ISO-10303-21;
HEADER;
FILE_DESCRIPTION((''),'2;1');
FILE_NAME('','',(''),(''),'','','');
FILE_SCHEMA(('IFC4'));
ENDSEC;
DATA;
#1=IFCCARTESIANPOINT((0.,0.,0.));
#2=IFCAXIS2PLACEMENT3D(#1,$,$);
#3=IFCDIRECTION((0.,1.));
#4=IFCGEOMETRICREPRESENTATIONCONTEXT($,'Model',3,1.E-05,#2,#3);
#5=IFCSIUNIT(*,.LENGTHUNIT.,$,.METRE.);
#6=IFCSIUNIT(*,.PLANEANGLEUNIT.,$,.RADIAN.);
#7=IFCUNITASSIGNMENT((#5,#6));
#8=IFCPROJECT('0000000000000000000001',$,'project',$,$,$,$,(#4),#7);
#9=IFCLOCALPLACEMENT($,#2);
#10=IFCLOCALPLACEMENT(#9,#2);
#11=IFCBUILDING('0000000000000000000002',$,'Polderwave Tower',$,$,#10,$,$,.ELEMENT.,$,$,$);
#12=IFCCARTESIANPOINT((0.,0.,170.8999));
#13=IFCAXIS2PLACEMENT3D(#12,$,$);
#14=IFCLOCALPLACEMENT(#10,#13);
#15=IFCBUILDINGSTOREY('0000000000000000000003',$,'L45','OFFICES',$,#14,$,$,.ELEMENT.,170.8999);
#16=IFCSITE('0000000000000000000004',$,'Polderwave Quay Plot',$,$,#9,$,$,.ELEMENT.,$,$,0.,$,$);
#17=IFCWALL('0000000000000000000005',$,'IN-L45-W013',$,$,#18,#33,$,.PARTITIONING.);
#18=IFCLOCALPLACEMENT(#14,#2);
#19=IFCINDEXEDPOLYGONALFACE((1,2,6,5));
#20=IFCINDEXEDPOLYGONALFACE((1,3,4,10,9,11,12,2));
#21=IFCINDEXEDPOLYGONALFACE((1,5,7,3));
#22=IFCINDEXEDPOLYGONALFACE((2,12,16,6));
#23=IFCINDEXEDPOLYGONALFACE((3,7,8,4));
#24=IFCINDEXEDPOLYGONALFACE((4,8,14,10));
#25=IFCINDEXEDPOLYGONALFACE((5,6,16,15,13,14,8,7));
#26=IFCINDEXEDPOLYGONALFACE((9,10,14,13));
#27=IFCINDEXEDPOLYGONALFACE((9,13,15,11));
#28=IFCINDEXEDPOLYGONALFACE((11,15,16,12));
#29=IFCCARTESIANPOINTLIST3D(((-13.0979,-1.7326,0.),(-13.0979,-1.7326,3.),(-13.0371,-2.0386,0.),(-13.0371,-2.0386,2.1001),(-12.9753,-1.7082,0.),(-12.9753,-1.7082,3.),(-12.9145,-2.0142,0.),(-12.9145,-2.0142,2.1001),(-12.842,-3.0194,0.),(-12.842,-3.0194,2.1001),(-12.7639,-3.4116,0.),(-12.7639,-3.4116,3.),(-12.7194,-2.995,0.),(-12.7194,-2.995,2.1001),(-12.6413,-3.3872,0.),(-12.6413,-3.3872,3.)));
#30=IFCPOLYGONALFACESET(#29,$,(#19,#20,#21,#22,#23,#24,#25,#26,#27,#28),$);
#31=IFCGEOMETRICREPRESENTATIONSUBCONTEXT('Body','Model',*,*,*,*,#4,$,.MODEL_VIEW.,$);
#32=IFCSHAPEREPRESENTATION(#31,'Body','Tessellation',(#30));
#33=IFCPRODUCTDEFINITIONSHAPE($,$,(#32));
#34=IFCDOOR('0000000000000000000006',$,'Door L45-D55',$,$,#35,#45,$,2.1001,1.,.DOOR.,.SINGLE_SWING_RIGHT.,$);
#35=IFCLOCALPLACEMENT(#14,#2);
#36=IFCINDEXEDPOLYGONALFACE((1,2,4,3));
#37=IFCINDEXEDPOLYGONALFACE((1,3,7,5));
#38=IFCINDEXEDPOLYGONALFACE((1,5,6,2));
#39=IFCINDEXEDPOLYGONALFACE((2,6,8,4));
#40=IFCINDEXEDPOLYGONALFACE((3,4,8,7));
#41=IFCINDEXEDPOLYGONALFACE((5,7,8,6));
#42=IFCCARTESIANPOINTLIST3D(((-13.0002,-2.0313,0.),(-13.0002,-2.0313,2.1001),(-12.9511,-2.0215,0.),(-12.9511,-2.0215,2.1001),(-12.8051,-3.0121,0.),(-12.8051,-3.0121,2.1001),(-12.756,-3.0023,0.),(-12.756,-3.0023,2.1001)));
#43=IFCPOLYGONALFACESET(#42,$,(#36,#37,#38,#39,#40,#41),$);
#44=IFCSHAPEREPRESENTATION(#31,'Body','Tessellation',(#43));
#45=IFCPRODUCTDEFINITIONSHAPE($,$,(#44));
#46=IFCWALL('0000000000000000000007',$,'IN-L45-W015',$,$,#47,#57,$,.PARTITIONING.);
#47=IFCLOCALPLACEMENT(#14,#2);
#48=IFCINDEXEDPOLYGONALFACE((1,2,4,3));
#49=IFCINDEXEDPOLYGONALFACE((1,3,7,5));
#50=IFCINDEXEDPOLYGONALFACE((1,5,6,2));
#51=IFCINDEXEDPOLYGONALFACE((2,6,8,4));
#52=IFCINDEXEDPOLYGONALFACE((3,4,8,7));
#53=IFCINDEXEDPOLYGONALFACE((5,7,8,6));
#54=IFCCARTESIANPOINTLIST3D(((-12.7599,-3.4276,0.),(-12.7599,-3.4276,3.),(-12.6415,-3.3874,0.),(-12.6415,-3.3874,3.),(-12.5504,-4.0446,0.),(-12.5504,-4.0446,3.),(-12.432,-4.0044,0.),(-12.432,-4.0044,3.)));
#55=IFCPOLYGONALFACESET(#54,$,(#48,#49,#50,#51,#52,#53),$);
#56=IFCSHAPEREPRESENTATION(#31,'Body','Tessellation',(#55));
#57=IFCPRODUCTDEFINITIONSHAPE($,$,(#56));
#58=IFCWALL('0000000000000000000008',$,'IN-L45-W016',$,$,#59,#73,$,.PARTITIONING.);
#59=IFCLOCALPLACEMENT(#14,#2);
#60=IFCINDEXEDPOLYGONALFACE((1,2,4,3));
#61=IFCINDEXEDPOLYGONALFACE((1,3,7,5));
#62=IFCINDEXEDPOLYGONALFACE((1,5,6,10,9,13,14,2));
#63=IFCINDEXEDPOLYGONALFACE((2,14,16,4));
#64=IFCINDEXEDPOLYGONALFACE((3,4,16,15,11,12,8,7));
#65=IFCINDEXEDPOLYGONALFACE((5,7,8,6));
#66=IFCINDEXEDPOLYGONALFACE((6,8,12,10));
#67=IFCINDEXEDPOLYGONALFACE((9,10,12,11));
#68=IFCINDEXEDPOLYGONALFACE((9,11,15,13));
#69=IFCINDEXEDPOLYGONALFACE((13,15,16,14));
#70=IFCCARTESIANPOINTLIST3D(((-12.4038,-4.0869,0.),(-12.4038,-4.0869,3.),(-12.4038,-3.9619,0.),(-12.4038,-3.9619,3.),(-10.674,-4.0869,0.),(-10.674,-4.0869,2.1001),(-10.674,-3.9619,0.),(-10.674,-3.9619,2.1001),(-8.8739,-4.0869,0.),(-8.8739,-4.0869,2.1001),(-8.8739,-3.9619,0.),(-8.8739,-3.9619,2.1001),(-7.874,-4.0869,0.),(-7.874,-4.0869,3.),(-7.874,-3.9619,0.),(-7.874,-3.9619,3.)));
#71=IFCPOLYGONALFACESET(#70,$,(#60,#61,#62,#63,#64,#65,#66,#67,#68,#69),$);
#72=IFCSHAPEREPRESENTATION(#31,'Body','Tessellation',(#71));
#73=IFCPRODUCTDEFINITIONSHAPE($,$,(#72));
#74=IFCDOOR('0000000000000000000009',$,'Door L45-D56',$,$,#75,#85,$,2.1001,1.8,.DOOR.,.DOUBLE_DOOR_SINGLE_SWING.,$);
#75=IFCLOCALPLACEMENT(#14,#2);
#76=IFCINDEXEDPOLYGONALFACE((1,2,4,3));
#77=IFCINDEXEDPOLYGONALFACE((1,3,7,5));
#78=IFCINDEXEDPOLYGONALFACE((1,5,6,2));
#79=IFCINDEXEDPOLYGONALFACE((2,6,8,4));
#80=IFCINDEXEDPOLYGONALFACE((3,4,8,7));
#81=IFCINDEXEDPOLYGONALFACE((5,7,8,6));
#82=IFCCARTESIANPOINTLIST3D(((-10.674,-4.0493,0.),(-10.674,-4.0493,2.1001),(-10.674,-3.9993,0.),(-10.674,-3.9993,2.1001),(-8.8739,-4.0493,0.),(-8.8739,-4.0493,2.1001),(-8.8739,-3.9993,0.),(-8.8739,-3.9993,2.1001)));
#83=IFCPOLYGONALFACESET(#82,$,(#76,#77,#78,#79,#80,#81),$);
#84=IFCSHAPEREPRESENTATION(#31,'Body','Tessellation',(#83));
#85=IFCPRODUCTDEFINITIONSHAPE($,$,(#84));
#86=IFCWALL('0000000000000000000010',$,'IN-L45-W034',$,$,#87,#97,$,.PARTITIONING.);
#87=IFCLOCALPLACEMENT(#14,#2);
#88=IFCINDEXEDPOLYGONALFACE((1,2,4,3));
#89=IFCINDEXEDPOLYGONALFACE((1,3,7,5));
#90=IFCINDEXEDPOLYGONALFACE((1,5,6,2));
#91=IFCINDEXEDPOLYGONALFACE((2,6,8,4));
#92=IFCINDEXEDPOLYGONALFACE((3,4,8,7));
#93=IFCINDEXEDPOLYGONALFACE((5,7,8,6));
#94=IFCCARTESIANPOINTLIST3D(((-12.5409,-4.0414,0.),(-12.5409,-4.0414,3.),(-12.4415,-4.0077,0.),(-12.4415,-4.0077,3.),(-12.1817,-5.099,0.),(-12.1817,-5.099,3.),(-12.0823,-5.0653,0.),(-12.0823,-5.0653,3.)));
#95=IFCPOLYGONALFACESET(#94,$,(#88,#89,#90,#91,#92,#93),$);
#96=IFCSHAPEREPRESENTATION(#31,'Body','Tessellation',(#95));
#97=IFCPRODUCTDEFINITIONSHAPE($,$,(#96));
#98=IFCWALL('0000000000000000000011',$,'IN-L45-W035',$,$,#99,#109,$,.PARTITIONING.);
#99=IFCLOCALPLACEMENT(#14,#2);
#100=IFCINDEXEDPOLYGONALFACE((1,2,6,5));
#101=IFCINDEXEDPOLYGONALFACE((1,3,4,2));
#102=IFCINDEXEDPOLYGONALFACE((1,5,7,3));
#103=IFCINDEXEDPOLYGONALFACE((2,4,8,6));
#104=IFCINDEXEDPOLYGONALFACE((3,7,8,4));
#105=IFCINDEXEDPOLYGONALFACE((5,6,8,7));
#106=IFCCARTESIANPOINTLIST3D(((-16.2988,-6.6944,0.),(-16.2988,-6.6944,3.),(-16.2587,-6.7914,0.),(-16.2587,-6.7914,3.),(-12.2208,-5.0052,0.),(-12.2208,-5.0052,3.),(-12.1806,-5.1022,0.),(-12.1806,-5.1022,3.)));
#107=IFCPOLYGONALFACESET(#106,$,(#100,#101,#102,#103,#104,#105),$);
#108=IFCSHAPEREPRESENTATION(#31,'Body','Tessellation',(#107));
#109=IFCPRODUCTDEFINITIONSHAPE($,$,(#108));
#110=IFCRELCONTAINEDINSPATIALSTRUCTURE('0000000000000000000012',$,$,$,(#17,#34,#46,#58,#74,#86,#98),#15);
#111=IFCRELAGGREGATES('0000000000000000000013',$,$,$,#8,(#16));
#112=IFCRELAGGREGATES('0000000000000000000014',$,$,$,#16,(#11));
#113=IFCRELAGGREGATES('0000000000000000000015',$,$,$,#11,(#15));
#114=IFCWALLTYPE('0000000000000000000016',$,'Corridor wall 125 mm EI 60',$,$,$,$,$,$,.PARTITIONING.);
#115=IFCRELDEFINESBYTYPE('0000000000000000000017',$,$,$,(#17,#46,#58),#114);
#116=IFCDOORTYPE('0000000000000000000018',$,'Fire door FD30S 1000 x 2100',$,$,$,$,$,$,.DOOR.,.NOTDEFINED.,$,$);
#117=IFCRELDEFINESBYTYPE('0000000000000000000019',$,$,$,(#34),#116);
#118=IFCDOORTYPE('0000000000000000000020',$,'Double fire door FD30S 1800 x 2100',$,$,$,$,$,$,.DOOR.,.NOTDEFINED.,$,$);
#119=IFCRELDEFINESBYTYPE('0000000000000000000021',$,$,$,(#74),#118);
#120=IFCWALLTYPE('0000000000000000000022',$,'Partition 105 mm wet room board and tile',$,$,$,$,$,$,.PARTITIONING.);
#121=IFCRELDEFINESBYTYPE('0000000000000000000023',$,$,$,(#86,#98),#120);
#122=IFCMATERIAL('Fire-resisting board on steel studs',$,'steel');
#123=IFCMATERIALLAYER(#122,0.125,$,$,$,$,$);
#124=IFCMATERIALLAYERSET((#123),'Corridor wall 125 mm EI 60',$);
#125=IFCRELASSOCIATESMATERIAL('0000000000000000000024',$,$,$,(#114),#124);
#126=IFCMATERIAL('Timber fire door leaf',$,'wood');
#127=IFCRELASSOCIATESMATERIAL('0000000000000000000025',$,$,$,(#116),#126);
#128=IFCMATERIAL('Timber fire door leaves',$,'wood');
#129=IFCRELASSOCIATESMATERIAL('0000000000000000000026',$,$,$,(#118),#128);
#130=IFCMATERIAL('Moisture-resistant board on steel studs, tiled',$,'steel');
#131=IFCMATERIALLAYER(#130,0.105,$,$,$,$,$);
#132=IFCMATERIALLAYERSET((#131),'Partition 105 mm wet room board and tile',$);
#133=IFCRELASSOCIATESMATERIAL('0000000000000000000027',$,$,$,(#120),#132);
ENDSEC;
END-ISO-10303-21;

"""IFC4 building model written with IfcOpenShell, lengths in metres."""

from ifc_helpers import new_model, si_unit, direction, frame, frame_2d, origin, place, context, subcontext, project, spatial, rectangle, extrude, material, layer, layer_set, type_object, element, fill, save


model = new_model("IFC4")

# Units and contexts
model_context = context("Model", 3, precision=1e-05, world=origin(), true_north=direction((0.0, 1.0)))
body_context = subcontext(model_context, "Body", "Model", "MODEL_VIEW")
ifc_project = project(units=[si_unit("LENGTHUNIT", "METRE"), si_unit("PLANEANGLEUNIT", "RADIAN")], contexts=[model_context])

# Site, building, storey
site_placement = place(None, origin())
site = spatial("IfcSite", under=ifc_project, at=site_placement, Name="Polderwave Quay Plot", CompositionType="ELEMENT", RefElevation=0.0)
building_placement = place(site_placement, origin())
building = spatial("IfcBuilding", under=site, at=building_placement, Name="Polderwave Tower", CompositionType="ELEMENT")
storey_placement = place(building_placement, frame((0.0, 0.0, 170.8999)))
storey = spatial("IfcBuildingStorey", under=building, at=storey_placement, Name="L45", Description="OFFICES", CompositionType="ELEMENT", Elevation=170.8999)

# Shared definitions
ifc_material_1 = material(Name="Fire-resisting board on steel studs", Category="steel")
ifc_layer_1 = layer(ifc_material_1, 0.125)
ifc_layer_set_1 = layer_set([ifc_layer_1], Name="Corridor wall 125 mm EI 60")
wall_type_1 = type_object("IfcWallType", Name="Corridor wall 125 mm EI 60", PredefinedType="PARTITIONING", material=ifc_layer_set_1)

# Wall, opening, door
wall_1_placement = place(storey_placement, frame((-12.7026, -3.3994, 0.0), z_axis=(0.0, 0.0, 1.0), x_axis=(-0.195101, 0.980783, 0.0)))
wall_1 = element("IfcWall", 1, at=wall_1_placement, inside=storey, type_object=wall_type_1, Name="IN-L45-W013", PredefinedType="PARTITIONING", context=body_context, shape_type="SweptSolid", body=[
    extrude(rectangle(XDim=1.7119, YDim=0.125, at=frame_2d((0.856, 0.0))), origin(), (0.0, 0.0, 1.0), 3.0),
])
opening_1_placement = place(wall_1_placement, frame((0.3999, 0.0, 0.0)))
opening_1 = element("IfcOpeningElement", 2, at=opening_1_placement, cuts=wall_1, PredefinedType="OPENING", context=body_context, shape_type="SweptSolid", body=[
    extrude(rectangle(XDim=1.0, YDim=2.1001, at=frame_2d((0.5, 1.05))), frame((0.0, 0.0725, 0.0), z_axis=(0.0, -1.0, 0.0), x_axis=(1.0, 0.0, 0.0)), (0.0, 0.0, 1.0), 0.145),
])
ifc_material_2 = material(Name="Timber fire door leaf", Category="wood")
door_type_1 = type_object("IfcDoorType", Name="Fire door FD30S 1000 x 2100", OperationType="NOTDEFINED", PredefinedType="DOOR", material=ifc_material_2)
door_1_placement = place(opening_1_placement, origin())
door_1 = element("IfcDoor", 3, at=door_1_placement, inside=storey, type_object=door_type_1, Name="Door L45-D55", OperationType="SINGLE_SWING_RIGHT", OverallHeight=2.1001, OverallWidth=1.0, PredefinedType="DOOR", context=body_context, shape_type="SweptSolid", body=[
    extrude(rectangle(XDim=1.0, YDim=2.1001, at=frame_2d((0.5, 1.05))), frame((0.0, 0.0249, 0.0), z_axis=(0.0, -1.0, 0.0), x_axis=(1.0, 0.0, 0.0)), (0.0, 0.0, 1.0), 0.05),
])
fill(opening_1, door_1)

# Wall
wall_2_placement = place(storey_placement, frame((-12.4912, -4.0244, 0.0), z_axis=(0.0, 0.0, 1.0), x_axis=(-0.321506, 0.946907, 0.0)))
element("IfcWall", 4, at=wall_2_placement, inside=storey, type_object=wall_type_1, Name="IN-L45-W015", PredefinedType="PARTITIONING", context=body_context, shape_type="SweptSolid", body=[
    extrude(rectangle(XDim=0.6516, YDim=0.125, at=frame_2d((0.3257, 0.0))), origin(), (0.0, 0.0, 1.0), 3.0),
])

# Wall, opening, door
wall_3_placement = place(storey_placement, frame((-7.874, -4.0244, 0.0), z_axis=(0.0, 0.0, 1.0), x_axis=(-1.0, 0.0, 0.0)))
wall_3 = element("IfcWall", 5, at=wall_3_placement, inside=storey, type_object=wall_type_1, Name="IN-L45-W016", PredefinedType="PARTITIONING", context=body_context, shape_type="SweptSolid", body=[
    extrude(rectangle(XDim=4.5298, YDim=0.125, at=frame_2d((2.2649, 0.0))), origin(), (0.0, 0.0, 1.0), 3.0),
])
opening_2_placement = place(wall_3_placement, frame((1.0, 0.0, 0.0)))
opening_2 = element("IfcOpeningElement", 6, at=opening_2_placement, cuts=wall_3, PredefinedType="OPENING", context=body_context, shape_type="SweptSolid", body=[
    extrude(rectangle(XDim=1.8, YDim=2.1001, at=frame_2d((0.8999, 1.05))), frame((0.0, 0.0725, 0.0), z_axis=(0.0, -1.0, 0.0), x_axis=(1.0, 0.0, 0.0)), (0.0, 0.0, 1.0), 0.145),
])
ifc_material_3 = material(Name="Timber fire door leaves", Category="wood")
door_type_2 = type_object("IfcDoorType", Name="Double fire door FD30S 1800 x 2100", OperationType="NOTDEFINED", PredefinedType="DOOR", material=ifc_material_3)
door_2_placement = place(opening_2_placement, origin())
door_2 = element("IfcDoor", 7, at=door_2_placement, inside=storey, type_object=door_type_2, Name="Door L45-D56", OperationType="DOUBLE_DOOR_SINGLE_SWING", OverallHeight=2.1001, OverallWidth=1.8, PredefinedType="DOOR", context=body_context, shape_type="SweptSolid", body=[
    extrude(rectangle(XDim=1.8, YDim=2.1001, at=frame_2d((0.8999, 1.05))), frame((0.0, 0.0249, 0.0), z_axis=(0.0, -1.0, 0.0), x_axis=(1.0, 0.0, 0.0)), (0.0, 0.0, 1.0), 0.05),
])
fill(opening_2, door_2)

# Walls
ifc_material_4 = material(Name="Moisture-resistant board on steel studs, tiled", Category="steel")
ifc_layer_2 = layer(ifc_material_4, 0.105)
ifc_layer_set_2 = layer_set([ifc_layer_2], Name="Partition 105 mm wet room board and tile")
wall_type_2 = type_object("IfcWallType", Name="Partition 105 mm wet room board and tile", PredefinedType="PARTITIONING", material=ifc_layer_set_2)
wall_4_placement = place(storey_placement, frame((-12.4912, -4.0244, 0.0), z_axis=(0.0, 0.0, 1.0), x_axis=(0.321534, -0.946898, 0.0)))
element("IfcWall", 8, at=wall_4_placement, inside=storey, type_object=wall_type_2, Name="IN-L45-W034", PredefinedType="PARTITIONING", context=body_context, shape_type="SweptSolid", body=[
    extrude(rectangle(XDim=1.1169, YDim=0.105, at=frame_2d((0.5586, 0.0))), origin(), (0.0, 0.0, 1.0), 3.0),
])
wall_5_placement = place(storey_placement, frame((-12.2007, -5.0537, 0.0), z_axis=(0.0, 0.0, 1.0), x_axis=(-0.92388, -0.382682, 0.0)))
element("IfcWall", 9, at=wall_5_placement, inside=storey, type_object=wall_type_2, Name="IN-L45-W035", PredefinedType="PARTITIONING", context=body_context, shape_type="SweptSolid", body=[
    extrude(rectangle(XDim=4.4141, YDim=0.105, at=frame_2d((2.207, 0.0))), origin(), (0.0, 0.0, 1.0), 3.0),
])

save(model, "model.ifc")
